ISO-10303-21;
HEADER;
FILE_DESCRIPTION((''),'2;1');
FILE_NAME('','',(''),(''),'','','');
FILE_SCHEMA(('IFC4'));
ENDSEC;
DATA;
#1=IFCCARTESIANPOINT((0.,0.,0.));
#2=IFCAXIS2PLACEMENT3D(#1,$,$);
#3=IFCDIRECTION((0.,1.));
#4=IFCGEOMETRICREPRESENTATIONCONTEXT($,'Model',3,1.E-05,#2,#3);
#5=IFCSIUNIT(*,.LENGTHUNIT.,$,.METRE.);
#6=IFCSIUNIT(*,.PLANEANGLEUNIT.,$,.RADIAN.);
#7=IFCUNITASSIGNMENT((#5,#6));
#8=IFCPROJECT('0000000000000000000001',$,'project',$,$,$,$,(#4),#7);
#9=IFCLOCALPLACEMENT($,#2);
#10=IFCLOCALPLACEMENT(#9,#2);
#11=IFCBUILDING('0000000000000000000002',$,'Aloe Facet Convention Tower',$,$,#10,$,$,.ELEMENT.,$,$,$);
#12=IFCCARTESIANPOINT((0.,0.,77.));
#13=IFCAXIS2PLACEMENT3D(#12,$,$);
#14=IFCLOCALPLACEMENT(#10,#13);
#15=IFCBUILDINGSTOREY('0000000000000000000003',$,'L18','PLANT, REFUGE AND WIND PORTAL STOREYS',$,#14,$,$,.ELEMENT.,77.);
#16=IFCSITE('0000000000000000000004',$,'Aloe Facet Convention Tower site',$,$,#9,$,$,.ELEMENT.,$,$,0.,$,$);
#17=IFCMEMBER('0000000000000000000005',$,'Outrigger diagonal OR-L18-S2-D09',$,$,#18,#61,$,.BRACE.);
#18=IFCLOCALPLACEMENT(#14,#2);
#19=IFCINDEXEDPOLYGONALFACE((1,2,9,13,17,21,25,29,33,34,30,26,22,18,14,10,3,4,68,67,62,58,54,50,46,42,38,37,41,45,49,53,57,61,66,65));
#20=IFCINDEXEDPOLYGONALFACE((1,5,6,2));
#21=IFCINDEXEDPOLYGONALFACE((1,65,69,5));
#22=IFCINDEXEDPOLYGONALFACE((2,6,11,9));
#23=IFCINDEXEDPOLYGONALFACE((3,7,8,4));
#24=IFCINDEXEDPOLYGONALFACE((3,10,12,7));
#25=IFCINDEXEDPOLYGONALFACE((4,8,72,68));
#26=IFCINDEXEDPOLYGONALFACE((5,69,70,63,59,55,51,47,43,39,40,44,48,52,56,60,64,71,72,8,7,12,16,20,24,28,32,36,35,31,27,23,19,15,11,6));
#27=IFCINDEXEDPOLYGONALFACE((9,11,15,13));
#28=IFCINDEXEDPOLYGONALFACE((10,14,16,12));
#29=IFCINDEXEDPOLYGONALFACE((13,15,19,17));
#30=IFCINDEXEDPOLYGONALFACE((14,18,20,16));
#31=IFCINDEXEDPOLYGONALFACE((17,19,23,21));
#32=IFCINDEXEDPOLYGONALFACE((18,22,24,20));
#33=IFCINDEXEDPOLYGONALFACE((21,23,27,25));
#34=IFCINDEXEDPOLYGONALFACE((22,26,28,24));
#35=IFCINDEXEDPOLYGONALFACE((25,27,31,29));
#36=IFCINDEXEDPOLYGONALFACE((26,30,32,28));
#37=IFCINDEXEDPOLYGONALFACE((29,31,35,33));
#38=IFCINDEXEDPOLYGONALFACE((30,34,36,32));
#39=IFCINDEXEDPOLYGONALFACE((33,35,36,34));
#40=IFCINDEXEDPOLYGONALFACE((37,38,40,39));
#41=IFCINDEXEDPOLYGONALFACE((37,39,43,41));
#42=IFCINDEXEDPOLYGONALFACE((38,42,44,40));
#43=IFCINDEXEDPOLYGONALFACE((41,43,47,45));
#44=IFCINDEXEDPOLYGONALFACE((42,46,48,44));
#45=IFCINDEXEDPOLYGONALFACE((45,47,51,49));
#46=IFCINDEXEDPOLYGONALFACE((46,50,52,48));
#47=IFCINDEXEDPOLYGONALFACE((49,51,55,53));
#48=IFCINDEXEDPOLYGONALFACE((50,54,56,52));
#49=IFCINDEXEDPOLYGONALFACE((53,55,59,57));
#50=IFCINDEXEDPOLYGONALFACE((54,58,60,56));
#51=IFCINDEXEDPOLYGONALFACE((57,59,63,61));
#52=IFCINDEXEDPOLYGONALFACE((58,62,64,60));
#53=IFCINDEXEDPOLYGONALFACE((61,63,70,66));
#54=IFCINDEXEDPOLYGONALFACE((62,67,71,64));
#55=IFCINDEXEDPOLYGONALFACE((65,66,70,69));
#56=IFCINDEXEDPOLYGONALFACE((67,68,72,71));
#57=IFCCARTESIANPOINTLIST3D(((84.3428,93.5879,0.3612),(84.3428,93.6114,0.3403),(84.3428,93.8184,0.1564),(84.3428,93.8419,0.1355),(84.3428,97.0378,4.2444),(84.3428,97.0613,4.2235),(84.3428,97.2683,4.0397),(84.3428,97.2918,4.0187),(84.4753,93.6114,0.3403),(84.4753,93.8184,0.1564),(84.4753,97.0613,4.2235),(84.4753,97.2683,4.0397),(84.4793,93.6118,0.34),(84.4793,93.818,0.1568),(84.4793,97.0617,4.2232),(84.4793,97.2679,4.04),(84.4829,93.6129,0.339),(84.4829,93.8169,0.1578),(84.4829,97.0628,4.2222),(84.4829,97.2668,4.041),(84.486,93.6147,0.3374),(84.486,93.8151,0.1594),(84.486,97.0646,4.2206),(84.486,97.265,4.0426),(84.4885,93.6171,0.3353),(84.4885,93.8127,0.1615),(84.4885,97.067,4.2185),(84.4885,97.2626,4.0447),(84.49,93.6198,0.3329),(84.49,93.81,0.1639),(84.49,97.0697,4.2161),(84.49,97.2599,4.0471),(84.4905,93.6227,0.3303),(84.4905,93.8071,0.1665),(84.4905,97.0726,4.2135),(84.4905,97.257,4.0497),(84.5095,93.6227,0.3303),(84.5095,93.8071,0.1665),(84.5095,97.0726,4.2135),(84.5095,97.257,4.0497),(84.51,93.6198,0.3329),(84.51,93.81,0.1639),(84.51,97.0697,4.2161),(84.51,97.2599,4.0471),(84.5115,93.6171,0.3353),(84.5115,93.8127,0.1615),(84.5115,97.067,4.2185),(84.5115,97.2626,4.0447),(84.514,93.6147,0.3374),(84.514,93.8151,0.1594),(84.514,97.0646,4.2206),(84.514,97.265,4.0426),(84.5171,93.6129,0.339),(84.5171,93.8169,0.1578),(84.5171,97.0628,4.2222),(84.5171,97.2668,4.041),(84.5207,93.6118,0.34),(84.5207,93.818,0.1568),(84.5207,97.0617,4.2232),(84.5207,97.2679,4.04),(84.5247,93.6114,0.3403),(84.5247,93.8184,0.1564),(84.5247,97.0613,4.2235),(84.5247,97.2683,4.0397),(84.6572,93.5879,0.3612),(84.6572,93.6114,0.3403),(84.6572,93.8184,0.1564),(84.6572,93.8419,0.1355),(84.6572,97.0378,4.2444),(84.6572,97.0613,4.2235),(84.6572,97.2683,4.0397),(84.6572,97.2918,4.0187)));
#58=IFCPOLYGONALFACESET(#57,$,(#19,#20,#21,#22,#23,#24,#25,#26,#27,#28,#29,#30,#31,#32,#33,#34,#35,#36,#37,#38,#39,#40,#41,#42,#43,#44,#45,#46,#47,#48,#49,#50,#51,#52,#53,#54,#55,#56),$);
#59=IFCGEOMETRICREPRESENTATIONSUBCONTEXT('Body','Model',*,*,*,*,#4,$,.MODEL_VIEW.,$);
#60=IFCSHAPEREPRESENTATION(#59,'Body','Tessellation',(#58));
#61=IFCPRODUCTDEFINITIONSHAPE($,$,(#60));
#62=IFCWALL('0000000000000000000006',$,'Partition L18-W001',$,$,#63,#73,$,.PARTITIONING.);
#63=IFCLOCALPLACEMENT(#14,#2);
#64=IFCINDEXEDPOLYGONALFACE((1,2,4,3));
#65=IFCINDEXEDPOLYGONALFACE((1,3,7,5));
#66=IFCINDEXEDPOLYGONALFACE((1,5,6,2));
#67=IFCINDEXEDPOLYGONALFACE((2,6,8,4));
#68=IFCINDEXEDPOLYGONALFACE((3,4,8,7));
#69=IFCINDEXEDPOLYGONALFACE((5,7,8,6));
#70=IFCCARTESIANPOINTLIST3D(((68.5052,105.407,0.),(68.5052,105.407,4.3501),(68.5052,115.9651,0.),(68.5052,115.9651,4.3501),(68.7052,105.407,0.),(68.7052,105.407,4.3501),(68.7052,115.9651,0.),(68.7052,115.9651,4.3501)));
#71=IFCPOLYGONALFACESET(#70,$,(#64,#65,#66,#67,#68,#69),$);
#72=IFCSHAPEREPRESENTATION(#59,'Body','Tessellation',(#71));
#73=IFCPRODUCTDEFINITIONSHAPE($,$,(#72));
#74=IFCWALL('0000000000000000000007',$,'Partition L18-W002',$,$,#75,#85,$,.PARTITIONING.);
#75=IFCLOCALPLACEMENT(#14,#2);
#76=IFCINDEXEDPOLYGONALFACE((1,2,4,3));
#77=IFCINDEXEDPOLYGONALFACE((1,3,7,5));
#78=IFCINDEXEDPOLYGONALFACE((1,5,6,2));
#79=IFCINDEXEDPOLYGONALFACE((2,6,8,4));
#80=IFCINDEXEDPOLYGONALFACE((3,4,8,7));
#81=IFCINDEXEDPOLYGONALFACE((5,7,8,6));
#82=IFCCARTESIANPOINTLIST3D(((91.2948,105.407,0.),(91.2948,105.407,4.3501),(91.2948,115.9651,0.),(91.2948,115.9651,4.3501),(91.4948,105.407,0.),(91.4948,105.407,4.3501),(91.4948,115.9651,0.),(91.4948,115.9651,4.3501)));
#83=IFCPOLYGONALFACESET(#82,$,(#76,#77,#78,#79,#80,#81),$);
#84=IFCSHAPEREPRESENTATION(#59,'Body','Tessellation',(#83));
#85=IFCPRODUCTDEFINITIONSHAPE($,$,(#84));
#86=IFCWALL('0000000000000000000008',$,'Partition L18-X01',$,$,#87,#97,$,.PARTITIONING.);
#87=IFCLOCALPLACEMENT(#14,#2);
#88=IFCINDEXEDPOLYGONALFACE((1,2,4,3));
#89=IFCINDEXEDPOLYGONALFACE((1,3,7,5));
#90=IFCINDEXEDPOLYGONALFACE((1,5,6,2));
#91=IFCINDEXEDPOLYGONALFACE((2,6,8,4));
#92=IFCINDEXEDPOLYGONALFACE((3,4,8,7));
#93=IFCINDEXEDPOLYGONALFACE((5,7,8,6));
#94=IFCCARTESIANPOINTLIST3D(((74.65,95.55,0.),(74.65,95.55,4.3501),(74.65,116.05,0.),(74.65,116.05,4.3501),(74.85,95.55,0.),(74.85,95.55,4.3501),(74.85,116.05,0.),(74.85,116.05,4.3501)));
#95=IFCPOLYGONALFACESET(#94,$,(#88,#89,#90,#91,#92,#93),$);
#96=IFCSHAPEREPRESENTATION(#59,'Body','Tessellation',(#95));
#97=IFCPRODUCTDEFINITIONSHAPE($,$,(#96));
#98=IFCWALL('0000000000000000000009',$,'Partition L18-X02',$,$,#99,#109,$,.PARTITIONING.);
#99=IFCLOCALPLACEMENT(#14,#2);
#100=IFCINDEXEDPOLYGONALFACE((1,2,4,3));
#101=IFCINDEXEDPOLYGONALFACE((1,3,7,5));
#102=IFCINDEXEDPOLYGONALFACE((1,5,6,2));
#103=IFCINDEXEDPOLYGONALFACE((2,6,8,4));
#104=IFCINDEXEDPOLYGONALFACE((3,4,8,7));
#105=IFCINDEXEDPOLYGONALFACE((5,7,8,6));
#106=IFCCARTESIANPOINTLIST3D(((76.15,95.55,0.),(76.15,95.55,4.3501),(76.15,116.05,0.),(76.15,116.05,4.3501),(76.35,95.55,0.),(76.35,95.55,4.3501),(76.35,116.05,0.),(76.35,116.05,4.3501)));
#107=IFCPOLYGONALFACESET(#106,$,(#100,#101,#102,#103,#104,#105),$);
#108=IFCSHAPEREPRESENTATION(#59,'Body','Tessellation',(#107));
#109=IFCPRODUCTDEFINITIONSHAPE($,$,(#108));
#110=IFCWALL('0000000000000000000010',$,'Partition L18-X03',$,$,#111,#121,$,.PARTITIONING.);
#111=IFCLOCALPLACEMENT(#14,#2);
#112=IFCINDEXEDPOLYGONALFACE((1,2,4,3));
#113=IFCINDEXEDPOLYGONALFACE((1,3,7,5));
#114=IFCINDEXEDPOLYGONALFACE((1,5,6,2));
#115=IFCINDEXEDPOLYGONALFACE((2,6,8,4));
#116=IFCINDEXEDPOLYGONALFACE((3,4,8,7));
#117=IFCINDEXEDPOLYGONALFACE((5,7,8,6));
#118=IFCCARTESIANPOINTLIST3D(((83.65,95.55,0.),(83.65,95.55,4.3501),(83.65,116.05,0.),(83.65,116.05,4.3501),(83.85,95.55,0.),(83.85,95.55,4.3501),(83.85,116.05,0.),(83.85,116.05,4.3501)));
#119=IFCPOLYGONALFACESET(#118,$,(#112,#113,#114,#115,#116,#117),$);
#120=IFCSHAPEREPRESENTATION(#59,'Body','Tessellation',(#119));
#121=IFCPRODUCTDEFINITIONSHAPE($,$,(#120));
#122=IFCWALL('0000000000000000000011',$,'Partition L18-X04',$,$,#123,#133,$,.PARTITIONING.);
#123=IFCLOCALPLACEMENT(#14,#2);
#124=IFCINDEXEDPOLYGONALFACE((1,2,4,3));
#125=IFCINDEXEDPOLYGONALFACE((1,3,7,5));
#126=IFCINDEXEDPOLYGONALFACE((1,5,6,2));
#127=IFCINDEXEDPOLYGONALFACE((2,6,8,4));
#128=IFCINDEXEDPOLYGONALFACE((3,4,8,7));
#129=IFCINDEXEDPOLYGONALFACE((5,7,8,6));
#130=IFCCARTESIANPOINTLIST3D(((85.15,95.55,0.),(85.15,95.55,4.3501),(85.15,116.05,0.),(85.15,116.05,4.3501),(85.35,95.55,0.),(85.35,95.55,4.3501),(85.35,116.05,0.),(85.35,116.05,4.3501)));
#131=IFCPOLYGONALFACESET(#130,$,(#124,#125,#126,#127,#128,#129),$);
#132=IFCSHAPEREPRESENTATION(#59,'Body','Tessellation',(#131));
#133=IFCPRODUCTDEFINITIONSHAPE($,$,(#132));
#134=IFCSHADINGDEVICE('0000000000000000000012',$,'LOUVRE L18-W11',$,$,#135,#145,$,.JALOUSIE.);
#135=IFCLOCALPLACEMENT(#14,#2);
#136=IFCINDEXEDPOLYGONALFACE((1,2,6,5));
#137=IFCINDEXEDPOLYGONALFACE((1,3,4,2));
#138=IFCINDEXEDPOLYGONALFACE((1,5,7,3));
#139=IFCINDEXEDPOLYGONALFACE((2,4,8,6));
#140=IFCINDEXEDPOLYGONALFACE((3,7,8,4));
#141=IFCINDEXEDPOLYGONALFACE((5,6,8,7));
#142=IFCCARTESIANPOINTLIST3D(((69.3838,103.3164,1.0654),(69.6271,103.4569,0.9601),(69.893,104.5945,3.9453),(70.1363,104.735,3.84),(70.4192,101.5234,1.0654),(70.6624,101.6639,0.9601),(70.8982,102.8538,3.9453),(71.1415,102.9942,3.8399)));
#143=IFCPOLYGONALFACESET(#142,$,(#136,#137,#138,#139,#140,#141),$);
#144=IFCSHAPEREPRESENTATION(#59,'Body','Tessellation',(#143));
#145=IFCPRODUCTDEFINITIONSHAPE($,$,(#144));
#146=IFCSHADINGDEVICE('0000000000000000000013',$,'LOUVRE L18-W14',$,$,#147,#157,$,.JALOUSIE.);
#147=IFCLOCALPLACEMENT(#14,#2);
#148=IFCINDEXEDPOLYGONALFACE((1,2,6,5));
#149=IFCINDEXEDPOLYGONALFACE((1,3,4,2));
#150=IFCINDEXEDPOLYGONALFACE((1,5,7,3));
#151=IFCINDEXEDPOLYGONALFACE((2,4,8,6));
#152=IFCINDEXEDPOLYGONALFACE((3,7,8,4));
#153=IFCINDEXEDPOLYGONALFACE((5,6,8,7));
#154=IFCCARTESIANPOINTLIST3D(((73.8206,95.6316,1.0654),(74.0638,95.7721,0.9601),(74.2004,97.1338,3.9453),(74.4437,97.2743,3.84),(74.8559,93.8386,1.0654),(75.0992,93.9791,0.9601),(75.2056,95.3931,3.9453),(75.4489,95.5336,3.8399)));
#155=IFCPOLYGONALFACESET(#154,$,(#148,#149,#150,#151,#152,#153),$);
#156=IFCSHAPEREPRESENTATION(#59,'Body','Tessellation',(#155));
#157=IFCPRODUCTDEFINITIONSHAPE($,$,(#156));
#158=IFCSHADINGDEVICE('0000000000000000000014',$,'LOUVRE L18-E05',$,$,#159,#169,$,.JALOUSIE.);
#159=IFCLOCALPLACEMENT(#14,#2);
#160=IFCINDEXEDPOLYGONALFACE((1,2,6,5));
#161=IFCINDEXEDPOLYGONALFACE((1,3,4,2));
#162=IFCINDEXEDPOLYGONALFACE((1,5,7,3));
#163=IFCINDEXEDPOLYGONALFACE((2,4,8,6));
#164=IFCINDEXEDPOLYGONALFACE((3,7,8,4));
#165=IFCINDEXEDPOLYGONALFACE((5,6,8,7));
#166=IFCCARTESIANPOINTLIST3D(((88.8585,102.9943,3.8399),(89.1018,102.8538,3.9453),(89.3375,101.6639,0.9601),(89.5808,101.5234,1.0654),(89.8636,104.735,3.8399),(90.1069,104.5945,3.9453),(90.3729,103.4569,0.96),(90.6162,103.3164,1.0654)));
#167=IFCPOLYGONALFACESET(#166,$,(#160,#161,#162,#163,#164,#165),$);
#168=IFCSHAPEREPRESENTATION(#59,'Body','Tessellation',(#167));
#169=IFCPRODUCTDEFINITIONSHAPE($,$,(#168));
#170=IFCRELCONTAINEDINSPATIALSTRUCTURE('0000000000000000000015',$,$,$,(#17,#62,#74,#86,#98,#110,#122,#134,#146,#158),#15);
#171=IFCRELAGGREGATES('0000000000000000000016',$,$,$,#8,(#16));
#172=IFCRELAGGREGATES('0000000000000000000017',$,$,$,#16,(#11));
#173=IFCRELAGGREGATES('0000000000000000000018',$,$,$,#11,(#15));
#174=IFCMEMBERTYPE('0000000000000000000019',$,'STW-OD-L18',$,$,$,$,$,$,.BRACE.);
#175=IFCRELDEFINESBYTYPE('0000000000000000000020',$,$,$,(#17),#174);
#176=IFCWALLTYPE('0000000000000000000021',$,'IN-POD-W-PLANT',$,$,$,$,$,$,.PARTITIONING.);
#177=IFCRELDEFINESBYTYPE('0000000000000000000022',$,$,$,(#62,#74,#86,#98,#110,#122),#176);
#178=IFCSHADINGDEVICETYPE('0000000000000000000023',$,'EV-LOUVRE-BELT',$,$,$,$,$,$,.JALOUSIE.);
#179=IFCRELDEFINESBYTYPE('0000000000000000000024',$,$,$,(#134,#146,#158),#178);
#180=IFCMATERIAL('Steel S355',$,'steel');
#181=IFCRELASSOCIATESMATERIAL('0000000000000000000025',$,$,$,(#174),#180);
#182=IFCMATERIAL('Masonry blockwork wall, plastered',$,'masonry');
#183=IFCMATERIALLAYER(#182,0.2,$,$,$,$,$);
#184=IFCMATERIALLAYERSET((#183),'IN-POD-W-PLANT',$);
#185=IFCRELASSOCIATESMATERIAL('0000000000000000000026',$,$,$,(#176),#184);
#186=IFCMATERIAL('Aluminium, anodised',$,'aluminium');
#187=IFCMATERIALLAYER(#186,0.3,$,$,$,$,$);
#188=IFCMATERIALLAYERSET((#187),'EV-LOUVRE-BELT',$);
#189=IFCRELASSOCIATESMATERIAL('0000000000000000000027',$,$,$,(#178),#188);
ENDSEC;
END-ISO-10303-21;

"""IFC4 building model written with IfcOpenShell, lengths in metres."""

from ifc_helpers import new_model, si_unit, direction, frame, frame_2d, origin, origin_2d, place, context, subcontext, project, spatial, polyline, rectangle, i_section, outline, extrude, material, layer, layer_set, material_profile, profile_set, type_object, element, save


model = new_model("IFC4")

# Units and contexts
model_context = context("Model", 3, precision=1e-05, world=origin(), true_north=direction((0.0, 1.0)))
body_context = subcontext(model_context, "Body", "Model", "MODEL_VIEW")
ifc_project = project(units=[si_unit("LENGTHUNIT", "METRE"), si_unit("PLANEANGLEUNIT", "RADIAN")], contexts=[model_context])

# Site, building, storey
site_placement = place(None, origin())
site = spatial("IfcSite", under=ifc_project, at=site_placement, Name="Aloe Facet Convention Tower site", CompositionType="ELEMENT", RefElevation=0.0)
building_placement = place(site_placement, origin())
building = spatial("IfcBuilding", under=site, at=building_placement, Name="Aloe Facet Convention Tower", CompositionType="ELEMENT")
storey_placement = place(building_placement, frame((0.0, 0.0, 77.0)))
storey = spatial("IfcBuildingStorey", under=building, at=storey_placement, Name="L18", Description="PLANT, REFUGE AND WIND PORTAL STOREYS", CompositionType="ELEMENT", Elevation=77.0)

# Member
ifc_material_1 = material(Name="Steel S355", Category="steel")
ifc_material_profile_1 = material_profile(ifc_material_1, i_section(OverallWidth=0.3145, OverallDepth=0.3398, WebThickness=0.019, FlangeThickness=0.0315, FilletRadius=0.0151, at=origin_2d()), Name="UC 305x305x198")
ifc_profile_set_1 = profile_set([ifc_material_profile_1], Name="Steel S355")
member_type_1 = type_object("IfcMemberType", Name="STW-OD-L18", PredefinedType="BRACE", material=ifc_profile_set_1)
member_1_placement = place(storey_placement, frame((84.5, 97.1648, 4.1316), z_axis=(0.0, -0.664163, -0.747588), x_axis=(1.0, 0.0, 0.0)))
element("IfcMember", 1, at=member_1_placement, inside=storey, type_object=member_type_1, Name="Outrigger diagonal OR-L18-S2-D09", PredefinedType="BRACE", context=body_context, shape_type="SweptSolid", body=[
    extrude(i_section(OverallWidth=0.3145, OverallDepth=0.3398, WebThickness=0.019, FlangeThickness=0.0315, FilletRadius=0.0151, at=origin_2d()), origin(), (0.0, 0.0, 1.0), 5.1943),
])

# Walls
ifc_material_2 = material(Name="Masonry blockwork wall, plastered", Category="masonry")
ifc_layer_1 = layer(ifc_material_2, 0.2)
ifc_layer_set_1 = layer_set([ifc_layer_1], Name="IN-POD-W-PLANT")
wall_type = type_object("IfcWallType", Name="IN-POD-W-PLANT", PredefinedType="PARTITIONING", material=ifc_layer_set_1)
for number, where, z_axis, x_axis, name in (
    (2, (68.6052, 105.407, 0.0), (0.0, 0.0, 1.0), (0.0, 1.0, 0.0), "Partition L18-W001"),
    (3, (91.3948, 105.407, 0.0), (0.0, 0.0, 1.0), (0.0, 1.0, 0.0), "Partition L18-W002"),
):
    element("IfcWall", number, at=place(storey_placement, frame(where, z_axis=z_axis, x_axis=x_axis)), inside=storey, type_object=wall_type, Name=name, PredefinedType="PARTITIONING", context=body_context, shape_type="SweptSolid", body=[
        extrude(rectangle(XDim=10.5581, YDim=0.2, at=frame_2d((5.2791, 0.0))), origin(), (0.0, 0.0, 1.0), 4.3501),
    ])
for number, where, z_axis, x_axis, name in (
    (4, (74.75, 95.55, 0.0), (0.0, 0.0, 1.0), (0.0, 1.0, 0.0), "Partition L18-X01"),
    (5, (76.25, 95.55, 0.0), (0.0, 0.0, 1.0), (0.0, 1.0, 0.0), "Partition L18-X02"),
    (6, (83.75, 95.55, 0.0), (0.0, 0.0, 1.0), (0.0, 1.0, 0.0), "Partition L18-X03"),
    (7, (85.25, 95.55, 0.0), (0.0, 0.0, 1.0), (0.0, 1.0, 0.0), "Partition L18-X04"),
):
    element("IfcWall", number, at=place(storey_placement, frame(where, z_axis=z_axis, x_axis=x_axis)), inside=storey, type_object=wall_type, Name=name, PredefinedType="PARTITIONING", context=body_context, shape_type="SweptSolid", body=[
        extrude(rectangle(XDim=20.5, YDim=0.2, at=frame_2d((10.25, 0.0))), origin(), (0.0, 0.0, 1.0), 4.3501),
    ])

# Shading devices
ifc_material_3 = material(Name="Aluminium, anodised", Category="aluminium")
ifc_layer_2 = layer(ifc_material_3, 0.3)
ifc_layer_set_2 = layer_set([ifc_layer_2], Name="EV-LOUVRE-BELT")
shading_device_type = type_object("IfcShadingDeviceType", Name="EV-LOUVRE-BELT", PredefinedType="JALOUSIE", material=ifc_layer_set_2)
shading_device_1_placement = place(storey_placement, frame((69.3838, 103.3164, 1.0654), z_axis=(-0.810836, -0.468217, 0.351165), x_axis=(0.500067, -0.865987, 0.000007)))
element("IfcShadingDevice", 8, at=shading_device_1_placement, inside=storey, type_object=shading_device_type, Name="LOUVRE L18-W11", PredefinedType="JALOUSIE", context=body_context, shape_type="SweptSolid", body=[
    extrude(outline(polyline([(0.0, 0.0), (2.0705, 0.0), (1.158, 3.0758), (-0.8521, 3.0758), (0.0, 0.0)])), origin(), (0.0, 0.0, -1.0), 0.3),
])
shading_device_2_placement = place(storey_placement, frame((73.8206, 95.6316, 1.0654), z_axis=(-0.810835, -0.468216, 0.351171), x_axis=(0.500067, -0.865987, 0.000007)))
element("IfcShadingDevice", 9, at=shading_device_2_placement, inside=storey, type_object=shading_device_type, Name="LOUVRE L18-W14", PredefinedType="JALOUSIE", context=body_context, shape_type="SweptSolid", body=[
    extrude(outline(polyline([(0.0, 0.0), (2.0705, 0.0), (0.8992, 3.0758), (-1.1109, 3.0758), (0.0, 0.0)])), origin(), (0.0, 0.0, -1.0), 0.3),
])
shading_device_3_placement = place(storey_placement, frame((89.5808, 101.5234, 1.0654), z_axis=(0.810836, -0.468217, 0.351165), x_axis=(0.500067, 0.865987, -0.000007)))
element("IfcShadingDevice", 10, at=shading_device_3_placement, inside=storey, type_object=shading_device_type, Name="LOUVRE L18-E05", PredefinedType="JALOUSIE", context=body_context, shape_type="SweptSolid", body=[
    extrude(outline(polyline([(0.0, 0.0), (2.0705, 0.0), (2.9226, 3.0758), (0.9125, 3.0758), (0.0, 0.0)])), origin(), (0.0, 0.0, -1.0), 0.3),
])

save(model, "model.ifc")
